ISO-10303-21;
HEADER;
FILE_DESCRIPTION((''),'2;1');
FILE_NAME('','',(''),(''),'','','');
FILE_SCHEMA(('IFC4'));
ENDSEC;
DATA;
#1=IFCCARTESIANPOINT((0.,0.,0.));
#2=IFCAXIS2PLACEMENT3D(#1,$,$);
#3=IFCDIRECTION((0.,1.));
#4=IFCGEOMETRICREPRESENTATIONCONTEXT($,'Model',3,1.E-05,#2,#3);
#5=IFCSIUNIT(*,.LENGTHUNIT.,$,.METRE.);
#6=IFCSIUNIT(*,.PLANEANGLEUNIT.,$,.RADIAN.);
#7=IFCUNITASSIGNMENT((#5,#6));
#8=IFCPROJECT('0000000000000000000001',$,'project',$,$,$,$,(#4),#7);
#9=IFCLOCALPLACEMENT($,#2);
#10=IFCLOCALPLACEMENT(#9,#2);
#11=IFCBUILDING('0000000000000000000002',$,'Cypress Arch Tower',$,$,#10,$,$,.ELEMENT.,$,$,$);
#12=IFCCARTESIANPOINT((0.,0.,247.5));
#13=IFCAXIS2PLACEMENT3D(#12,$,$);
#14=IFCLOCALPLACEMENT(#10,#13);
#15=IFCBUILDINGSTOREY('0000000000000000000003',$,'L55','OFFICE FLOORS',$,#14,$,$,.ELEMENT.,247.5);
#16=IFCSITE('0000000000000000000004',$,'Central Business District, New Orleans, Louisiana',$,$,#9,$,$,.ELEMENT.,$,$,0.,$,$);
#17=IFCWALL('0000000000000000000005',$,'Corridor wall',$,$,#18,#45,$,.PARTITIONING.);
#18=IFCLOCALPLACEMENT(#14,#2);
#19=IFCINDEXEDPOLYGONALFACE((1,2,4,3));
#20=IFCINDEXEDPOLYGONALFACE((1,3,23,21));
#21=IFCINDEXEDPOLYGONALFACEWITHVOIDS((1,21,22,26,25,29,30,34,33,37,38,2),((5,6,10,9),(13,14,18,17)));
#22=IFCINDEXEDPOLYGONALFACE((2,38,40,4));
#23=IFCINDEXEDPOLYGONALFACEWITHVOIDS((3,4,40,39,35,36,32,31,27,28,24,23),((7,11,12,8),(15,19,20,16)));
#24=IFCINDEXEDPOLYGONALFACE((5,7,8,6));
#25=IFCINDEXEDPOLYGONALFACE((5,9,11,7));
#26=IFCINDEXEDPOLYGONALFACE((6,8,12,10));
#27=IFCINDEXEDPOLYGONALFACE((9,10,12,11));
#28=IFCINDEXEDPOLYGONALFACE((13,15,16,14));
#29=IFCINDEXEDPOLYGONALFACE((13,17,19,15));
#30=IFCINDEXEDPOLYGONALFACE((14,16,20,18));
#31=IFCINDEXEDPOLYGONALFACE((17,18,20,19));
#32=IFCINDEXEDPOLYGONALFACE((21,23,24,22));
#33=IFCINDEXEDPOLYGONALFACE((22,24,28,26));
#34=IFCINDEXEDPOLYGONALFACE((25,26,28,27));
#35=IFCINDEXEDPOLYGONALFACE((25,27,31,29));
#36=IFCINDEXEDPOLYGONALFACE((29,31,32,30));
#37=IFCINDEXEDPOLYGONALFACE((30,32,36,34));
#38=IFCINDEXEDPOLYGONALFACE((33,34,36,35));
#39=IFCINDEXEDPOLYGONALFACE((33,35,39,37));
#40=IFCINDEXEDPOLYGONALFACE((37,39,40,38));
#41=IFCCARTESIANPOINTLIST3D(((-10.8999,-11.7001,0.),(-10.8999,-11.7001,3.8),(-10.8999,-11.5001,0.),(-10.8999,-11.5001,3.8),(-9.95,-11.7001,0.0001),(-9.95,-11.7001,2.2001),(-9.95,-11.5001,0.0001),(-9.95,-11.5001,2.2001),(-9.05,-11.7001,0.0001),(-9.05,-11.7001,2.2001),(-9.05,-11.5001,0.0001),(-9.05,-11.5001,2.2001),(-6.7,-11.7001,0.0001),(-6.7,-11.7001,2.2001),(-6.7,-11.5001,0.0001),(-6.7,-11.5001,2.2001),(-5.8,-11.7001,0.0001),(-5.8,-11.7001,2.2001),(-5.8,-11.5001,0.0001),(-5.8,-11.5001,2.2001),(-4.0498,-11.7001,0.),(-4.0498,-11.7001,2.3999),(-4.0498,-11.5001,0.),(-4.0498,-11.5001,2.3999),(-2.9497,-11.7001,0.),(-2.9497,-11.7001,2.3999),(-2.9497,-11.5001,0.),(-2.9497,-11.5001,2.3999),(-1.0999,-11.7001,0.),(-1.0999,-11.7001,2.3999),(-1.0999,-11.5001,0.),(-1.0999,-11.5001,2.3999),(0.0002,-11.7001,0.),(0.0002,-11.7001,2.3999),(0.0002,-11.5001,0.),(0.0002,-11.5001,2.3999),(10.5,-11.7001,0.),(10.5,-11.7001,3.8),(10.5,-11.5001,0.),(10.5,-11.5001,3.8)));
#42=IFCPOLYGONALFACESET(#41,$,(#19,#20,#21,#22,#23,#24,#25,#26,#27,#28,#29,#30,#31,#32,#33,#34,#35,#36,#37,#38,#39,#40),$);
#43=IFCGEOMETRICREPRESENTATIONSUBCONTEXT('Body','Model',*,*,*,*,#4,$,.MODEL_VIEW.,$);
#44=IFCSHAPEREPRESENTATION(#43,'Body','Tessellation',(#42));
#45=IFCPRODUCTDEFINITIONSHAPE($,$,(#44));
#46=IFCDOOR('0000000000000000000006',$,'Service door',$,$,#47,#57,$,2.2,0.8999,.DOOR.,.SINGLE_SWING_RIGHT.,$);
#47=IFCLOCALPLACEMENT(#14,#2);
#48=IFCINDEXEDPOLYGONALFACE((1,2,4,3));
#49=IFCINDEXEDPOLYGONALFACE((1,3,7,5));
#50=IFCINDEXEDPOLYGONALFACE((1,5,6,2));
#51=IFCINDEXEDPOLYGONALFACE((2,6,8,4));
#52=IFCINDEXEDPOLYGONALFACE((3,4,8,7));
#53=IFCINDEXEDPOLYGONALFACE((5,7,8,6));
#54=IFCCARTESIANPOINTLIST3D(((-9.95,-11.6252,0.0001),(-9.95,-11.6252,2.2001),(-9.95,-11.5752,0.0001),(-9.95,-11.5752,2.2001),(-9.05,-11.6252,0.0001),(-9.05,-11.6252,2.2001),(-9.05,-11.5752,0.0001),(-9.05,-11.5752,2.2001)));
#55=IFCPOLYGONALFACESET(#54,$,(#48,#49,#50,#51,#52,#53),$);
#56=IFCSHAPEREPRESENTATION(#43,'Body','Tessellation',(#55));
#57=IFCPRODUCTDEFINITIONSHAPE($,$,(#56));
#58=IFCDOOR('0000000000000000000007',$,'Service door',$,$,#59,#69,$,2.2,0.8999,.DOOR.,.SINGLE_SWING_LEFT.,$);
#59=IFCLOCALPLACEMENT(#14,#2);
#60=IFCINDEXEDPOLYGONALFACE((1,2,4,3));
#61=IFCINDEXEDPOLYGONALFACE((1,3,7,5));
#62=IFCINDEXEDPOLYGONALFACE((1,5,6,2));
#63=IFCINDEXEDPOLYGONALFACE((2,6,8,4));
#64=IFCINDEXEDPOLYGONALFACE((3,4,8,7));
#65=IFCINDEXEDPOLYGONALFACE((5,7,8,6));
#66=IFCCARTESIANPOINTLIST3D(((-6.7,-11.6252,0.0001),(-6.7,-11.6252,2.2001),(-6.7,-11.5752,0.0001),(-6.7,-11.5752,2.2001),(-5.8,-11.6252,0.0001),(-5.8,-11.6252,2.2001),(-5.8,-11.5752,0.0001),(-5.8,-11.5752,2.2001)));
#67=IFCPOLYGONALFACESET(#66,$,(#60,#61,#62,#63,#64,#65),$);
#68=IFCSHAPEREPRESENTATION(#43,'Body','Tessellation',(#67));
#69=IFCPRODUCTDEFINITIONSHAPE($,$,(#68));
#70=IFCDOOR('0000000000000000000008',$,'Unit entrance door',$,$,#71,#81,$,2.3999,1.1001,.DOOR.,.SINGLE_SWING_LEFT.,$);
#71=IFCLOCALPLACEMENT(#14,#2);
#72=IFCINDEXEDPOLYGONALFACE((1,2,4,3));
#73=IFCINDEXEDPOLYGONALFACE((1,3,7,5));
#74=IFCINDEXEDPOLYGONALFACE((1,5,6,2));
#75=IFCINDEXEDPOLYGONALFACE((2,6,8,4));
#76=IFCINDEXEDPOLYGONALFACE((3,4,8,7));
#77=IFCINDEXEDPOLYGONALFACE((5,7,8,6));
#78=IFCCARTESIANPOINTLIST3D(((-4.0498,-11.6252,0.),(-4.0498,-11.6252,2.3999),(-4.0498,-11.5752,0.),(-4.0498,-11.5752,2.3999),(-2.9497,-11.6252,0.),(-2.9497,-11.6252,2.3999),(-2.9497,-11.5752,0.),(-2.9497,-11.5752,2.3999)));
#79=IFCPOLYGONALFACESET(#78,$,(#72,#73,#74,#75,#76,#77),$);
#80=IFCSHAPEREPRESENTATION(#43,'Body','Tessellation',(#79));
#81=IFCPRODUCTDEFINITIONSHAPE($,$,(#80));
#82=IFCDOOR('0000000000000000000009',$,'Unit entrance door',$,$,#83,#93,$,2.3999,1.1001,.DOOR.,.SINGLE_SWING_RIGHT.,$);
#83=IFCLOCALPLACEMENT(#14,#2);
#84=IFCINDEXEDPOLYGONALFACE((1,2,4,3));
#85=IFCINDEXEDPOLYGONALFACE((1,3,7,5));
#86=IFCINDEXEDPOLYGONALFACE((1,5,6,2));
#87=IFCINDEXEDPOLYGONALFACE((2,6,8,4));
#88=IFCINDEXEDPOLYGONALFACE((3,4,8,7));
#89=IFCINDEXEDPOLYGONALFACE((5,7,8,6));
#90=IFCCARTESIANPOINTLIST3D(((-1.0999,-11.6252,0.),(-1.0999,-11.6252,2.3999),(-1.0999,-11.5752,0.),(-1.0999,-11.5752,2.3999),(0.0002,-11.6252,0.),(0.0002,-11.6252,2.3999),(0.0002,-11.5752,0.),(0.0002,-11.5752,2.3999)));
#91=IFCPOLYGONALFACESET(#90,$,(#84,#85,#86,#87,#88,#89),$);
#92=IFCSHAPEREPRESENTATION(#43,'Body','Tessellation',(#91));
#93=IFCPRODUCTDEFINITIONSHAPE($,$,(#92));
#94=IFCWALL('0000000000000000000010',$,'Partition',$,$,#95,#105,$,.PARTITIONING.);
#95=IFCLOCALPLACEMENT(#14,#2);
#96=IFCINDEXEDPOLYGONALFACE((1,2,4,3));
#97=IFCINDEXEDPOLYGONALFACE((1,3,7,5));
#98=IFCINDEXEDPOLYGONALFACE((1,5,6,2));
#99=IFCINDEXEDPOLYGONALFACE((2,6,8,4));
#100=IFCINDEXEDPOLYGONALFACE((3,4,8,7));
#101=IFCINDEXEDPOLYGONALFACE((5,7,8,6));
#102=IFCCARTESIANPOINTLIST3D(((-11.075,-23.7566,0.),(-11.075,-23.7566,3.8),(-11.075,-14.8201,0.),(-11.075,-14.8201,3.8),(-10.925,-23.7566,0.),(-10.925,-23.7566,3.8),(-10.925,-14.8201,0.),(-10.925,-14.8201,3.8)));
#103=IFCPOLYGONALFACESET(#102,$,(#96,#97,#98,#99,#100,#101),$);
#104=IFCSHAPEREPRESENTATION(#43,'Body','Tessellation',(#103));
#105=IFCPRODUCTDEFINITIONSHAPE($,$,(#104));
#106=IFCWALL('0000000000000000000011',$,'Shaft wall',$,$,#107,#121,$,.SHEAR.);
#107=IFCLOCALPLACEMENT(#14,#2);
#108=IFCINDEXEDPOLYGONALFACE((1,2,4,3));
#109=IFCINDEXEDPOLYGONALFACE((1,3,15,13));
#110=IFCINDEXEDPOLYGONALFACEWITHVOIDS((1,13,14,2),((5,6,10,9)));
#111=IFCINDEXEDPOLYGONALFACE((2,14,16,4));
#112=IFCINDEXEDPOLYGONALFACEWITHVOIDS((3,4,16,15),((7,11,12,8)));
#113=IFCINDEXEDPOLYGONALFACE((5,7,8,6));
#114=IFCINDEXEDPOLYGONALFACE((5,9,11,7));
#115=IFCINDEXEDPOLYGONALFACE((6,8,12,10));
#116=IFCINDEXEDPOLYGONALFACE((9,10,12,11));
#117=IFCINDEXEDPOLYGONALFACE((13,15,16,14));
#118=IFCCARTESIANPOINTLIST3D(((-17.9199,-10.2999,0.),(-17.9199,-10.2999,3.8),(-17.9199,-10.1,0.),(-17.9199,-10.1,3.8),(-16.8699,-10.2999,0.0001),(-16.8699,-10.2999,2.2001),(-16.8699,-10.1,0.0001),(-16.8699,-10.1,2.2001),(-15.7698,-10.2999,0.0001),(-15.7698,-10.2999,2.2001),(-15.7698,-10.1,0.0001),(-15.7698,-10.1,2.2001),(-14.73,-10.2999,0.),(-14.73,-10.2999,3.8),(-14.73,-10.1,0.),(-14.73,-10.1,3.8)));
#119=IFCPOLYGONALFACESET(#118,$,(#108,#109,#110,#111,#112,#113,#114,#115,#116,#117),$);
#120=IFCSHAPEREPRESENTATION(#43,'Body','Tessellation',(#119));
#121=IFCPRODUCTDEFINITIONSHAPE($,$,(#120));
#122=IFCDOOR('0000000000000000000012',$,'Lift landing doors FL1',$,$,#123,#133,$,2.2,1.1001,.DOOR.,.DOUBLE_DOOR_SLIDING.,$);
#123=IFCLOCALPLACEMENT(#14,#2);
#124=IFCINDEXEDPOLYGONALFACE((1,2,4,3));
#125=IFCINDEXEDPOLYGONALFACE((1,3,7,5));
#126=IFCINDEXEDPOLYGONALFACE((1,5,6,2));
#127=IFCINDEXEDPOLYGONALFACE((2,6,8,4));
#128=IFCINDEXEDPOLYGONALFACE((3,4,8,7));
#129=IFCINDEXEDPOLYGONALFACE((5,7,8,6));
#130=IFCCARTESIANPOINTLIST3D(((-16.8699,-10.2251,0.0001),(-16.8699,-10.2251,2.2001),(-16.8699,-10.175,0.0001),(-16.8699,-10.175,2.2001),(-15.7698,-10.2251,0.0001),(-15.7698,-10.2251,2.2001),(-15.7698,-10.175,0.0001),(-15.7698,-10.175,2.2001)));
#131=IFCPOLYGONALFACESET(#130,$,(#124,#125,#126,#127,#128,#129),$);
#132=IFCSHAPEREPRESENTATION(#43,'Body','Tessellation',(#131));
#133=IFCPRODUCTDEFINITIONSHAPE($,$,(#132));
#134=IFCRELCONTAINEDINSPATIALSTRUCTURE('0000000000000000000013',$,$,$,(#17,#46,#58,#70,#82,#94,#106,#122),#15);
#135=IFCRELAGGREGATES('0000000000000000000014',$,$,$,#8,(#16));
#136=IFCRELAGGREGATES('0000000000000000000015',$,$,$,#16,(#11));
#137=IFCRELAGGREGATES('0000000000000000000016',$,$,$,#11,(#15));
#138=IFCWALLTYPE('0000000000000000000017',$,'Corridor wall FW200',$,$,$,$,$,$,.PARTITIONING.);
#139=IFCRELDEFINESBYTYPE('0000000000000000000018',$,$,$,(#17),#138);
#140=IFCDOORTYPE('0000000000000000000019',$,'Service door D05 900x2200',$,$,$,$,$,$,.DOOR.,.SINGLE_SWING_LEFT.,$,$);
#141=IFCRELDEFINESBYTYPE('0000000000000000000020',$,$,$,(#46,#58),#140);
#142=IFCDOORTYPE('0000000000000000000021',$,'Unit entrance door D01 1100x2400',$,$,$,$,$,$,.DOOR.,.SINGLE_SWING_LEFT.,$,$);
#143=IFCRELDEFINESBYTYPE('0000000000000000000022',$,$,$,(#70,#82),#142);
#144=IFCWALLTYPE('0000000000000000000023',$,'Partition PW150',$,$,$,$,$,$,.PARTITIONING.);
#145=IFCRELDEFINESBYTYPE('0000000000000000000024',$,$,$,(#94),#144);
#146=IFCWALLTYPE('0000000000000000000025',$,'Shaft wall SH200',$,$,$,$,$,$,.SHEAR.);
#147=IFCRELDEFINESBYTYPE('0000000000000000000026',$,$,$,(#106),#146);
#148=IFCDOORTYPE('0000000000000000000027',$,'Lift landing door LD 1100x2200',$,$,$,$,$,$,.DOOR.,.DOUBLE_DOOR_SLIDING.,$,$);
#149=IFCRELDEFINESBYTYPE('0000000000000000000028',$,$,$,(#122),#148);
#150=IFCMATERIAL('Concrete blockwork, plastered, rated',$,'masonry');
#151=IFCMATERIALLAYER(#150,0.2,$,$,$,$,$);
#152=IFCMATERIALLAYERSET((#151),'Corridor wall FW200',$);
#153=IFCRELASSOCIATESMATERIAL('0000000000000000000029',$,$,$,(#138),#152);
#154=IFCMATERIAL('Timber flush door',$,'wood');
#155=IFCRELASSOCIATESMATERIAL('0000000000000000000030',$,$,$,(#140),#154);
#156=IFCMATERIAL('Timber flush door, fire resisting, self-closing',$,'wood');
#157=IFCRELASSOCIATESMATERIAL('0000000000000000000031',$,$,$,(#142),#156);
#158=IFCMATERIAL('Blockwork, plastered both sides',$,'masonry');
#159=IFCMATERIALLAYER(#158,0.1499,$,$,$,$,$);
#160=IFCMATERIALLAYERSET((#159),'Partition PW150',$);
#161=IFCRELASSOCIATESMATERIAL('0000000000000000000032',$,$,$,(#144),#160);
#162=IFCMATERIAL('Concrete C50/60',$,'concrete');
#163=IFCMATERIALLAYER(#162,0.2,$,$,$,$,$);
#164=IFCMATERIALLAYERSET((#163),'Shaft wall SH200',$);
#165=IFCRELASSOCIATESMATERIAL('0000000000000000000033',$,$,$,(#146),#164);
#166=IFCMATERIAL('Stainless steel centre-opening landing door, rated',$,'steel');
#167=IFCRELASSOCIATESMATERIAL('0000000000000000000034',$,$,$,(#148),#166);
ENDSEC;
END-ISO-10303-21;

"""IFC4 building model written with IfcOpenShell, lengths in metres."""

from ifc_helpers import new_model, si_unit, direction, frame, frame_2d, origin, place, context, subcontext, project, spatial, rectangle, extrude, material, layer, layer_set, type_object, element, fill, save


model = new_model("IFC4")

# Units and contexts
model_context = context("Model", 3, precision=1e-05, world=origin(), true_north=direction((0.0, 1.0)))
body_context = subcontext(model_context, "Body", "Model", "MODEL_VIEW")
ifc_project = project(units=[si_unit("LENGTHUNIT", "METRE"), si_unit("PLANEANGLEUNIT", "RADIAN")], contexts=[model_context])

# Site, building, storey
site_placement = place(None, origin())
site = spatial("IfcSite", under=ifc_project, at=site_placement, Name="Central Business District, New Orleans, Louisiana", CompositionType="ELEMENT", RefElevation=0.0)
building_placement = place(site_placement, origin())
building = spatial("IfcBuilding", under=site, at=building_placement, Name="Cypress Arch Tower", CompositionType="ELEMENT")
storey_placement = place(building_placement, frame((0.0, 0.0, 247.5)))
storey = spatial("IfcBuildingStorey", under=building, at=storey_placement, Name="L55", Description="OFFICE FLOORS", CompositionType="ELEMENT", Elevation=247.5)

# Shared definitions
ifc_material_1 = material(Name="Concrete blockwork, plastered, rated", Category="masonry")
ifc_layer_1 = layer(ifc_material_1, 0.2)
ifc_layer_set_1 = layer_set([ifc_layer_1], Name="Corridor wall FW200")
wall_type_1 = type_object("IfcWallType", Name="Corridor wall FW200", PredefinedType="PARTITIONING", material=ifc_layer_set_1)

# Wall, openings, doors
wall_1_placement = place(storey_placement, frame((-10.8999, -11.6001, 0.0), z_axis=(0.0, 0.0, 1.0), x_axis=(1.0, 0.0, 0.0)))
wall_1 = element("IfcWall", 1, at=wall_1_placement, inside=storey, type_object=wall_type_1, Name="Corridor wall", PredefinedType="PARTITIONING", context=body_context, shape_type="SweptSolid", body=[
    extrude(rectangle(XDim=21.3999, YDim=0.2, at=frame_2d((10.7, 0.0))), origin(), (0.0, 0.0, 1.0), 3.8),
])
opening_1_placement = place(wall_1_placement, frame((0.95, 0.0, 0.0)))
opening_1 = element("IfcOpeningElement", 2, at=opening_1_placement, cuts=wall_1, PredefinedType="OPENING", context=body_context, shape_type="SweptSolid", body=[
    extrude(rectangle(XDim=0.8999, YDim=2.2, at=frame_2d((0.45, 1.1001))), frame((0.0, 0.1099, 0.0), z_axis=(0.0, -1.0, 0.0), x_axis=(1.0, 0.0, 0.0)), (0.0, 0.0, 1.0), 0.22),
])
opening_2_placement = place(wall_1_placement, frame((4.2, 0.0, 0.0)))
opening_2 = element("IfcOpeningElement", 3, at=opening_2_placement, cuts=wall_1, PredefinedType="OPENING", context=body_context, shape_type="SweptSolid", body=[
    extrude(rectangle(XDim=0.8999, YDim=2.2, at=frame_2d((0.45, 1.1001))), frame((0.0, 0.1099, 0.0), z_axis=(0.0, -1.0, 0.0), x_axis=(1.0, 0.0, 0.0)), (0.0, 0.0, 1.0), 0.22),
])
opening_3_placement = place(wall_1_placement, frame((6.8501, 0.0, 0.0)))
opening_3 = element("IfcOpeningElement", 4, at=opening_3_placement, cuts=wall_1, PredefinedType="OPENING", context=body_context, shape_type="SweptSolid", body=[
    extrude(rectangle(XDim=1.1001, YDim=2.3999, at=frame_2d((0.55, 1.2))), frame((0.0, 0.1099, 0.0), z_axis=(0.0, -1.0, 0.0), x_axis=(1.0, 0.0, 0.0)), (0.0, 0.0, 1.0), 0.22),
])
opening_4_placement = place(wall_1_placement, frame((9.8, 0.0, 0.0)))
opening_4 = element("IfcOpeningElement", 5, at=opening_4_placement, cuts=wall_1, PredefinedType="OPENING", context=body_context, shape_type="SweptSolid", body=[
    extrude(rectangle(XDim=1.1001, YDim=2.3999, at=frame_2d((0.55, 1.2))), frame((0.0, 0.1099, 0.0), z_axis=(0.0, -1.0, 0.0), x_axis=(1.0, 0.0, 0.0)), (0.0, 0.0, 1.0), 0.22),
])
ifc_material_2 = material(Name="Timber flush door", Category="wood")
door_type_1 = type_object("IfcDoorType", Name="Service door D05 900x2200", OperationType="SINGLE_SWING_LEFT", PredefinedType="DOOR", material=ifc_material_2)
door_1_placement = place(opening_1_placement, origin())
door_1 = element("IfcDoor", 6, at=door_1_placement, inside=storey, type_object=door_type_1, Name="Service door", OperationType="SINGLE_SWING_RIGHT", OverallHeight=2.2, OverallWidth=0.8999, PredefinedType="DOOR", context=body_context, shape_type="SweptSolid", body=[
    extrude(rectangle(XDim=0.8999, YDim=2.2, at=frame_2d((0.45, 1.1001))), frame((0.0, 0.0249, 0.0), z_axis=(0.0, -1.0, 0.0), x_axis=(1.0, 0.0, 0.0)), (0.0, 0.0, 1.0), 0.05),
])
fill(opening_1, door_1)
door_2_placement = place(opening_2_placement, origin())
door_2 = element("IfcDoor", 7, at=door_2_placement, inside=storey, type_object=door_type_1, Name="Service door", OperationType="SINGLE_SWING_LEFT", OverallHeight=2.2, OverallWidth=0.8999, PredefinedType="DOOR", context=body_context, shape_type="SweptSolid", body=[
    extrude(rectangle(XDim=0.8999, YDim=2.2, at=frame_2d((0.45, 1.1001))), frame((0.0, 0.0249, 0.0), z_axis=(0.0, -1.0, 0.0), x_axis=(1.0, 0.0, 0.0)), (0.0, 0.0, 1.0), 0.05),
])
fill(opening_2, door_2)
ifc_material_3 = material(Name="Timber flush door, fire resisting, self-closing", Category="wood")
door_type_2 = type_object("IfcDoorType", Name="Unit entrance door D01 1100x2400", OperationType="SINGLE_SWING_LEFT", PredefinedType="DOOR", material=ifc_material_3)
door_3_placement = place(opening_3_placement, origin())
door_3 = element("IfcDoor", 8, at=door_3_placement, inside=storey, type_object=door_type_2, Name="Unit entrance door", OperationType="SINGLE_SWING_LEFT", OverallHeight=2.3999, OverallWidth=1.1001, PredefinedType="DOOR", context=body_context, shape_type="SweptSolid", body=[
    extrude(rectangle(XDim=1.1001, YDim=2.3999, at=frame_2d((0.55, 1.2))), frame((0.0, 0.0249, 0.0), z_axis=(0.0, -1.0, 0.0), x_axis=(1.0, 0.0, 0.0)), (0.0, 0.0, 1.0), 0.05),
])
fill(opening_3, door_3)
door_4_placement = place(opening_4_placement, origin())
door_4 = element("IfcDoor", 9, at=door_4_placement, inside=storey, type_object=door_type_2, Name="Unit entrance door", OperationType="SINGLE_SWING_RIGHT", OverallHeight=2.3999, OverallWidth=1.1001, PredefinedType="DOOR", context=body_context, shape_type="SweptSolid", body=[
    extrude(rectangle(XDim=1.1001, YDim=2.3999, at=frame_2d((0.55, 1.2))), frame((0.0, 0.0249, 0.0), z_axis=(0.0, -1.0, 0.0), x_axis=(1.0, 0.0, 0.0)), (0.0, 0.0, 1.0), 0.05),
])
fill(opening_4, door_4)

# Wall
ifc_material_4 = material(Name="Blockwork, plastered both sides", Category="masonry")
ifc_layer_2 = layer(ifc_material_4, 0.1499)
ifc_layer_set_2 = layer_set([ifc_layer_2], Name="Partition PW150")
wall_type_2 = type_object("IfcWallType", Name="Partition PW150", PredefinedType="PARTITIONING", material=ifc_layer_set_2)
wall_2_placement = place(storey_placement, frame((-11.0, -23.7566, 0.0), z_axis=(0.0, 0.0, 1.0), x_axis=(0.0, 1.0, 0.0)))
element("IfcWall", 10, at=wall_2_placement, inside=storey, type_object=wall_type_2, Name="Partition", PredefinedType="PARTITIONING", context=body_context, shape_type="SweptSolid", body=[
    extrude(rectangle(XDim=8.9365, YDim=0.1499, at=frame_2d((4.4683, 0.0))), origin(), (0.0, 0.0, 1.0), 3.8),
])

# Wall, opening, door
ifc_material_5 = material(Name="Concrete C50/60", Category="concrete")
ifc_layer_3 = layer(ifc_material_5, 0.2)
ifc_layer_set_3 = layer_set([ifc_layer_3], Name="Shaft wall SH200")
wall_type_3 = type_object("IfcWallType", Name="Shaft wall SH200", PredefinedType="SHEAR", material=ifc_layer_set_3)
wall_3_placement = place(storey_placement, frame((-17.9199, -10.2, 0.0), z_axis=(0.0, 0.0, 1.0), x_axis=(1.0, 0.0, 0.0)))
wall_3 = element("IfcWall", 11, at=wall_3_placement, inside=storey, type_object=wall_type_3, Name="Shaft wall", PredefinedType="SHEAR", context=body_context, shape_type="SweptSolid", body=[
    extrude(rectangle(XDim=3.1899, YDim=0.2, at=frame_2d((1.595, 0.0))), origin(), (0.0, 0.0, 1.0), 3.8),
])
opening_5_placement = place(wall_3_placement, frame((1.05, 0.0, 0.0)))
opening_5 = element("IfcOpeningElement", 12, at=opening_5_placement, cuts=wall_3, PredefinedType="OPENING", context=body_context, shape_type="SweptSolid", body=[
    extrude(rectangle(XDim=1.1001, YDim=2.2, at=frame_2d((0.55, 1.1001))), frame((0.0, 0.1099, 0.0), z_axis=(0.0, -1.0, 0.0), x_axis=(1.0, 0.0, 0.0)), (0.0, 0.0, 1.0), 0.22),
])
ifc_material_6 = material(Name="Stainless steel centre-opening landing door, rated", Category="steel")
door_type_3 = type_object("IfcDoorType", Name="Lift landing door LD 1100x2200", OperationType="DOUBLE_DOOR_SLIDING", PredefinedType="DOOR", material=ifc_material_6)
door_5_placement = place(opening_5_placement, origin())
door_5 = element("IfcDoor", 13, at=door_5_placement, inside=storey, type_object=door_type_3, Name="Lift landing doors FL1", OperationType="DOUBLE_DOOR_SLIDING", OverallHeight=2.2, OverallWidth=1.1001, PredefinedType="DOOR", context=body_context, shape_type="SweptSolid", body=[
    extrude(rectangle(XDim=1.1001, YDim=2.2, at=frame_2d((0.55, 1.1001))), frame((0.0, 0.0249, 0.0), z_axis=(0.0, -1.0, 0.0), x_axis=(1.0, 0.0, 0.0)), (0.0, 0.0, 1.0), 0.05),
])
fill(opening_5, door_5)

save(model, "model.ifc")
